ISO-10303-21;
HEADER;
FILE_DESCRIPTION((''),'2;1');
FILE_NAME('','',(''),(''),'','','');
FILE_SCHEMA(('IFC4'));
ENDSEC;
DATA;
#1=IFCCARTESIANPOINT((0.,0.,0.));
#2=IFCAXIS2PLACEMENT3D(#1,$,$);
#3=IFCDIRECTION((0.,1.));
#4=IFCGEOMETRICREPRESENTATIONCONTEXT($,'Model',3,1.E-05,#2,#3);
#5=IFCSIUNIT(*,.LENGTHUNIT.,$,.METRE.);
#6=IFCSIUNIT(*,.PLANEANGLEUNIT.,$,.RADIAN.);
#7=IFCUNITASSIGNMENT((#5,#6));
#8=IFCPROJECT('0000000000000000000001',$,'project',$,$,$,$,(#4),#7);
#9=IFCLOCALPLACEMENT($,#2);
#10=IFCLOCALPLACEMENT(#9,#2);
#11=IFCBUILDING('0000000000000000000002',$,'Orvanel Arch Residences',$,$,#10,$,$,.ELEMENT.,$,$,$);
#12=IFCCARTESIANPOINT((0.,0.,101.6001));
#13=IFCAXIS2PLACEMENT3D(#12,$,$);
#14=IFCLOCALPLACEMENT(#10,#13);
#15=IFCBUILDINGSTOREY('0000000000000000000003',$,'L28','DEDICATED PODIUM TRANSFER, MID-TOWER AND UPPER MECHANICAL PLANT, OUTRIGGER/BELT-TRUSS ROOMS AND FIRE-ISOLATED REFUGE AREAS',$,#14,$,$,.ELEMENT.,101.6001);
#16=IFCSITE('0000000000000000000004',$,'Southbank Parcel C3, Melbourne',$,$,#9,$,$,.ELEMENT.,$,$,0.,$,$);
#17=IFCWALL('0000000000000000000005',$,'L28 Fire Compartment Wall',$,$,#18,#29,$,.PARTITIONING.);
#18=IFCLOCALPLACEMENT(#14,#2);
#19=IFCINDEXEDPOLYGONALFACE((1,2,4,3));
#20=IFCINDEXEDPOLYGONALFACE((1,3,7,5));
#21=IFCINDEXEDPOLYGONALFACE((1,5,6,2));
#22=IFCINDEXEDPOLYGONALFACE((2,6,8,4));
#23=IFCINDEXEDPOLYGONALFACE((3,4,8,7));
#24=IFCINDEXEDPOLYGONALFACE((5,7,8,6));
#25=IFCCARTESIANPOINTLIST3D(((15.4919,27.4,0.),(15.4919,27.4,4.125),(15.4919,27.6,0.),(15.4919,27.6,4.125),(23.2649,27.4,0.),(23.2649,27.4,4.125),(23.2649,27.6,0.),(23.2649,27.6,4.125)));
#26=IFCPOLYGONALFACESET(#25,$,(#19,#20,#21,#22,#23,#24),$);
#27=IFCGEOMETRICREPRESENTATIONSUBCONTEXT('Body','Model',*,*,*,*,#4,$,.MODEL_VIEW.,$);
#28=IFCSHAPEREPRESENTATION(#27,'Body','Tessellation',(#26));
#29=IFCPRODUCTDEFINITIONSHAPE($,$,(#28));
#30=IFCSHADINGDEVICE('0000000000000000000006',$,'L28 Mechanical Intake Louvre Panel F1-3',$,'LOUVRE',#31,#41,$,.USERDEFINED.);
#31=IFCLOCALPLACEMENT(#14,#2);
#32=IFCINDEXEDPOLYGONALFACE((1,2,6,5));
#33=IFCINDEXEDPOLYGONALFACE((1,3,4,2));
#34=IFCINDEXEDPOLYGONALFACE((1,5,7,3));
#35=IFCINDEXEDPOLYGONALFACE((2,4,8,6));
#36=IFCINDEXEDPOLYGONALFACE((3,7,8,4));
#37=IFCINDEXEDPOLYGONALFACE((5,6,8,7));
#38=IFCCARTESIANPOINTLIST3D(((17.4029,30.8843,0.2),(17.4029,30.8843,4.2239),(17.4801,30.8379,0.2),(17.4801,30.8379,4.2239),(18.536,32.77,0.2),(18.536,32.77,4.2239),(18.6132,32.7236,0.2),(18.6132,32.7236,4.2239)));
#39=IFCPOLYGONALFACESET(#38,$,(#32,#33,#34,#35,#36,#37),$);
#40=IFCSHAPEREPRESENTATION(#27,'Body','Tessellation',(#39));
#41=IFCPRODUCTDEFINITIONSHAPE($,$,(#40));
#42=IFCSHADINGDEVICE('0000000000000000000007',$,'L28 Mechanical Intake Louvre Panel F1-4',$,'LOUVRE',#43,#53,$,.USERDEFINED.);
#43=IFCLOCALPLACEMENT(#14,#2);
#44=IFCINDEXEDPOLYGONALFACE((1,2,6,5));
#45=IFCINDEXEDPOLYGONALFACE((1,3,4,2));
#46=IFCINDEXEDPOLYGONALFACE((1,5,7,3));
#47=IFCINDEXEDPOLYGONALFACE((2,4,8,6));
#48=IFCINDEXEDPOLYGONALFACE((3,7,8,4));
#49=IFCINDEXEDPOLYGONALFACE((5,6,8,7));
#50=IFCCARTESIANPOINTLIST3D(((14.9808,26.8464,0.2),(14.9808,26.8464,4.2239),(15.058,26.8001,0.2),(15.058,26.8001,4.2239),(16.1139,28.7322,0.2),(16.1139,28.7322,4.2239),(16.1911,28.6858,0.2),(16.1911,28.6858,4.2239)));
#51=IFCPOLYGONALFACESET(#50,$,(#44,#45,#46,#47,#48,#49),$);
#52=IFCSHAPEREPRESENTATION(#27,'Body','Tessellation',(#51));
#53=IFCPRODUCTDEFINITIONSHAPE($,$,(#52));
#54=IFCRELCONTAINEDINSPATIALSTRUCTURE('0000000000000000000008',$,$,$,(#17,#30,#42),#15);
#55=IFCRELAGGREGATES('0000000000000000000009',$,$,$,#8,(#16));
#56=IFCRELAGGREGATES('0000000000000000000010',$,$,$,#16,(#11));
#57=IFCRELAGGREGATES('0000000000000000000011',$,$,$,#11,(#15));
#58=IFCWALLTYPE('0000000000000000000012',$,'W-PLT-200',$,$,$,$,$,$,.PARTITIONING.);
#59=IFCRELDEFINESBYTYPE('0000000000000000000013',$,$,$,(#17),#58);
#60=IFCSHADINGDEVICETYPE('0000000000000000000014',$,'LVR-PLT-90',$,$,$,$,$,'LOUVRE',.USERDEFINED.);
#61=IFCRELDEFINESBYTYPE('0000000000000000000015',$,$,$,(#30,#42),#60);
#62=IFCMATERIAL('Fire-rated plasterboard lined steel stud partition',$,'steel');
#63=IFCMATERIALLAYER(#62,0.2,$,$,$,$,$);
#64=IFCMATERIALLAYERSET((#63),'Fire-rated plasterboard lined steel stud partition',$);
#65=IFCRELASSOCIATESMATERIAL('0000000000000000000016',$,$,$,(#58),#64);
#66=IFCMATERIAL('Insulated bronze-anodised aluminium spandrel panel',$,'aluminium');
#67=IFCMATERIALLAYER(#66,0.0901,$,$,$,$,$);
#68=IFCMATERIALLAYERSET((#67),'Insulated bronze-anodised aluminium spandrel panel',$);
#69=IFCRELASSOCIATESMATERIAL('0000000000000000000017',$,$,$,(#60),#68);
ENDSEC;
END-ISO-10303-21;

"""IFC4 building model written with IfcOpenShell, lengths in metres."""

from ifc_helpers import new_model, si_unit, direction, frame, frame_2d, origin, origin_2d, place, context, subcontext, project, spatial, rectangle, extrude, material, layer, layer_set, type_object, element, save


model = new_model("IFC4")

# Units and contexts
model_context = context("Model", 3, precision=1e-05, world=origin(), true_north=direction((0.0, 1.0)))
body_context = subcontext(model_context, "Body", "Model", "MODEL_VIEW")
ifc_project = project(units=[si_unit("LENGTHUNIT", "METRE"), si_unit("PLANEANGLEUNIT", "RADIAN")], contexts=[model_context])

# Site, building, storey
site_placement = place(None, origin())
site = spatial("IfcSite", under=ifc_project, at=site_placement, Name="Southbank Parcel C3, Melbourne", CompositionType="ELEMENT", RefElevation=0.0)
building_placement = place(site_placement, origin())
building = spatial("IfcBuilding", under=site, at=building_placement, Name="Orvanel Arch Residences", CompositionType="ELEMENT")
storey_placement = place(building_placement, frame((0.0, 0.0, 101.6001)))
storey = spatial("IfcBuildingStorey", under=building, at=storey_placement, Name="L28", Description="DEDICATED PODIUM TRANSFER, MID-TOWER AND UPPER MECHANICAL PLANT, OUTRIGGER/BELT-TRUSS ROOMS AND FIRE-ISOLATED REFUGE AREAS", CompositionType="ELEMENT", Elevation=101.6001)

# Wall
ifc_material_1 = material(Name="Fire-rated plasterboard lined steel stud partition", Category="steel")
ifc_layer_1 = layer(ifc_material_1, 0.2)
ifc_layer_set_1 = layer_set([ifc_layer_1], Name="Fire-rated plasterboard lined steel stud partition")
wall_type_1 = type_object("IfcWallType", Name="W-PLT-200", PredefinedType="PARTITIONING", material=ifc_layer_set_1)
wall_1_placement = place(storey_placement, frame((15.4919, 27.5, 0.0), z_axis=(0.0, 0.0, 1.0), x_axis=(1.0, 0.0, 0.0)))
element("IfcWall", 1, at=wall_1_placement, inside=storey, type_object=wall_type_1, Name="L28 Fire Compartment Wall", PredefinedType="PARTITIONING", context=body_context, shape_type="SweptSolid", body=[
    extrude(rectangle(XDim=7.7729, YDim=0.2, at=frame_2d((3.8865, 0.0))), origin(), (0.0, 0.0, 1.0), 4.125),
])

# Shading devices
ifc_material_2 = material(Name="Insulated bronze-anodised aluminium spandrel panel", Category="aluminium")
ifc_layer_2 = layer(ifc_material_2, 0.0901)
ifc_layer_set_2 = layer_set([ifc_layer_2], Name="Insulated bronze-anodised aluminium spandrel panel")
shading_device_type = type_object("IfcShadingDeviceType", Name="LVR-PLT-90", ElementType="LOUVRE", PredefinedType="USERDEFINED", material=ifc_layer_set_2)
for number, where, z_axis, x_axis, name in (
    (2, (18.0081, 31.804, 0.2), (0.0, 0.0, 1.0), (-0.515038, -0.857167, 0.0), "L28 Mechanical Intake Louvre Panel F1-3"),
    (3, (15.5859, 27.7661, 0.2), (0.0, 0.0, 1.0), (-0.515038, -0.857167, 0.0), "L28 Mechanical Intake Louvre Panel F1-4"),
):
    element("IfcShadingDevice", number, at=place(storey_placement, frame(where, z_axis=z_axis, x_axis=x_axis)), inside=storey, type_object=shading_device_type, Name=name, ObjectType="LOUVRE", PredefinedType="USERDEFINED", context=body_context, shape_type="SweptSolid", body=[
        extrude(rectangle(XDim=2.2, YDim=0.0901, at=origin_2d()), origin(), (0.0, 0.0, 1.0), 4.0239),
    ])

save(model, "model.ifc")
